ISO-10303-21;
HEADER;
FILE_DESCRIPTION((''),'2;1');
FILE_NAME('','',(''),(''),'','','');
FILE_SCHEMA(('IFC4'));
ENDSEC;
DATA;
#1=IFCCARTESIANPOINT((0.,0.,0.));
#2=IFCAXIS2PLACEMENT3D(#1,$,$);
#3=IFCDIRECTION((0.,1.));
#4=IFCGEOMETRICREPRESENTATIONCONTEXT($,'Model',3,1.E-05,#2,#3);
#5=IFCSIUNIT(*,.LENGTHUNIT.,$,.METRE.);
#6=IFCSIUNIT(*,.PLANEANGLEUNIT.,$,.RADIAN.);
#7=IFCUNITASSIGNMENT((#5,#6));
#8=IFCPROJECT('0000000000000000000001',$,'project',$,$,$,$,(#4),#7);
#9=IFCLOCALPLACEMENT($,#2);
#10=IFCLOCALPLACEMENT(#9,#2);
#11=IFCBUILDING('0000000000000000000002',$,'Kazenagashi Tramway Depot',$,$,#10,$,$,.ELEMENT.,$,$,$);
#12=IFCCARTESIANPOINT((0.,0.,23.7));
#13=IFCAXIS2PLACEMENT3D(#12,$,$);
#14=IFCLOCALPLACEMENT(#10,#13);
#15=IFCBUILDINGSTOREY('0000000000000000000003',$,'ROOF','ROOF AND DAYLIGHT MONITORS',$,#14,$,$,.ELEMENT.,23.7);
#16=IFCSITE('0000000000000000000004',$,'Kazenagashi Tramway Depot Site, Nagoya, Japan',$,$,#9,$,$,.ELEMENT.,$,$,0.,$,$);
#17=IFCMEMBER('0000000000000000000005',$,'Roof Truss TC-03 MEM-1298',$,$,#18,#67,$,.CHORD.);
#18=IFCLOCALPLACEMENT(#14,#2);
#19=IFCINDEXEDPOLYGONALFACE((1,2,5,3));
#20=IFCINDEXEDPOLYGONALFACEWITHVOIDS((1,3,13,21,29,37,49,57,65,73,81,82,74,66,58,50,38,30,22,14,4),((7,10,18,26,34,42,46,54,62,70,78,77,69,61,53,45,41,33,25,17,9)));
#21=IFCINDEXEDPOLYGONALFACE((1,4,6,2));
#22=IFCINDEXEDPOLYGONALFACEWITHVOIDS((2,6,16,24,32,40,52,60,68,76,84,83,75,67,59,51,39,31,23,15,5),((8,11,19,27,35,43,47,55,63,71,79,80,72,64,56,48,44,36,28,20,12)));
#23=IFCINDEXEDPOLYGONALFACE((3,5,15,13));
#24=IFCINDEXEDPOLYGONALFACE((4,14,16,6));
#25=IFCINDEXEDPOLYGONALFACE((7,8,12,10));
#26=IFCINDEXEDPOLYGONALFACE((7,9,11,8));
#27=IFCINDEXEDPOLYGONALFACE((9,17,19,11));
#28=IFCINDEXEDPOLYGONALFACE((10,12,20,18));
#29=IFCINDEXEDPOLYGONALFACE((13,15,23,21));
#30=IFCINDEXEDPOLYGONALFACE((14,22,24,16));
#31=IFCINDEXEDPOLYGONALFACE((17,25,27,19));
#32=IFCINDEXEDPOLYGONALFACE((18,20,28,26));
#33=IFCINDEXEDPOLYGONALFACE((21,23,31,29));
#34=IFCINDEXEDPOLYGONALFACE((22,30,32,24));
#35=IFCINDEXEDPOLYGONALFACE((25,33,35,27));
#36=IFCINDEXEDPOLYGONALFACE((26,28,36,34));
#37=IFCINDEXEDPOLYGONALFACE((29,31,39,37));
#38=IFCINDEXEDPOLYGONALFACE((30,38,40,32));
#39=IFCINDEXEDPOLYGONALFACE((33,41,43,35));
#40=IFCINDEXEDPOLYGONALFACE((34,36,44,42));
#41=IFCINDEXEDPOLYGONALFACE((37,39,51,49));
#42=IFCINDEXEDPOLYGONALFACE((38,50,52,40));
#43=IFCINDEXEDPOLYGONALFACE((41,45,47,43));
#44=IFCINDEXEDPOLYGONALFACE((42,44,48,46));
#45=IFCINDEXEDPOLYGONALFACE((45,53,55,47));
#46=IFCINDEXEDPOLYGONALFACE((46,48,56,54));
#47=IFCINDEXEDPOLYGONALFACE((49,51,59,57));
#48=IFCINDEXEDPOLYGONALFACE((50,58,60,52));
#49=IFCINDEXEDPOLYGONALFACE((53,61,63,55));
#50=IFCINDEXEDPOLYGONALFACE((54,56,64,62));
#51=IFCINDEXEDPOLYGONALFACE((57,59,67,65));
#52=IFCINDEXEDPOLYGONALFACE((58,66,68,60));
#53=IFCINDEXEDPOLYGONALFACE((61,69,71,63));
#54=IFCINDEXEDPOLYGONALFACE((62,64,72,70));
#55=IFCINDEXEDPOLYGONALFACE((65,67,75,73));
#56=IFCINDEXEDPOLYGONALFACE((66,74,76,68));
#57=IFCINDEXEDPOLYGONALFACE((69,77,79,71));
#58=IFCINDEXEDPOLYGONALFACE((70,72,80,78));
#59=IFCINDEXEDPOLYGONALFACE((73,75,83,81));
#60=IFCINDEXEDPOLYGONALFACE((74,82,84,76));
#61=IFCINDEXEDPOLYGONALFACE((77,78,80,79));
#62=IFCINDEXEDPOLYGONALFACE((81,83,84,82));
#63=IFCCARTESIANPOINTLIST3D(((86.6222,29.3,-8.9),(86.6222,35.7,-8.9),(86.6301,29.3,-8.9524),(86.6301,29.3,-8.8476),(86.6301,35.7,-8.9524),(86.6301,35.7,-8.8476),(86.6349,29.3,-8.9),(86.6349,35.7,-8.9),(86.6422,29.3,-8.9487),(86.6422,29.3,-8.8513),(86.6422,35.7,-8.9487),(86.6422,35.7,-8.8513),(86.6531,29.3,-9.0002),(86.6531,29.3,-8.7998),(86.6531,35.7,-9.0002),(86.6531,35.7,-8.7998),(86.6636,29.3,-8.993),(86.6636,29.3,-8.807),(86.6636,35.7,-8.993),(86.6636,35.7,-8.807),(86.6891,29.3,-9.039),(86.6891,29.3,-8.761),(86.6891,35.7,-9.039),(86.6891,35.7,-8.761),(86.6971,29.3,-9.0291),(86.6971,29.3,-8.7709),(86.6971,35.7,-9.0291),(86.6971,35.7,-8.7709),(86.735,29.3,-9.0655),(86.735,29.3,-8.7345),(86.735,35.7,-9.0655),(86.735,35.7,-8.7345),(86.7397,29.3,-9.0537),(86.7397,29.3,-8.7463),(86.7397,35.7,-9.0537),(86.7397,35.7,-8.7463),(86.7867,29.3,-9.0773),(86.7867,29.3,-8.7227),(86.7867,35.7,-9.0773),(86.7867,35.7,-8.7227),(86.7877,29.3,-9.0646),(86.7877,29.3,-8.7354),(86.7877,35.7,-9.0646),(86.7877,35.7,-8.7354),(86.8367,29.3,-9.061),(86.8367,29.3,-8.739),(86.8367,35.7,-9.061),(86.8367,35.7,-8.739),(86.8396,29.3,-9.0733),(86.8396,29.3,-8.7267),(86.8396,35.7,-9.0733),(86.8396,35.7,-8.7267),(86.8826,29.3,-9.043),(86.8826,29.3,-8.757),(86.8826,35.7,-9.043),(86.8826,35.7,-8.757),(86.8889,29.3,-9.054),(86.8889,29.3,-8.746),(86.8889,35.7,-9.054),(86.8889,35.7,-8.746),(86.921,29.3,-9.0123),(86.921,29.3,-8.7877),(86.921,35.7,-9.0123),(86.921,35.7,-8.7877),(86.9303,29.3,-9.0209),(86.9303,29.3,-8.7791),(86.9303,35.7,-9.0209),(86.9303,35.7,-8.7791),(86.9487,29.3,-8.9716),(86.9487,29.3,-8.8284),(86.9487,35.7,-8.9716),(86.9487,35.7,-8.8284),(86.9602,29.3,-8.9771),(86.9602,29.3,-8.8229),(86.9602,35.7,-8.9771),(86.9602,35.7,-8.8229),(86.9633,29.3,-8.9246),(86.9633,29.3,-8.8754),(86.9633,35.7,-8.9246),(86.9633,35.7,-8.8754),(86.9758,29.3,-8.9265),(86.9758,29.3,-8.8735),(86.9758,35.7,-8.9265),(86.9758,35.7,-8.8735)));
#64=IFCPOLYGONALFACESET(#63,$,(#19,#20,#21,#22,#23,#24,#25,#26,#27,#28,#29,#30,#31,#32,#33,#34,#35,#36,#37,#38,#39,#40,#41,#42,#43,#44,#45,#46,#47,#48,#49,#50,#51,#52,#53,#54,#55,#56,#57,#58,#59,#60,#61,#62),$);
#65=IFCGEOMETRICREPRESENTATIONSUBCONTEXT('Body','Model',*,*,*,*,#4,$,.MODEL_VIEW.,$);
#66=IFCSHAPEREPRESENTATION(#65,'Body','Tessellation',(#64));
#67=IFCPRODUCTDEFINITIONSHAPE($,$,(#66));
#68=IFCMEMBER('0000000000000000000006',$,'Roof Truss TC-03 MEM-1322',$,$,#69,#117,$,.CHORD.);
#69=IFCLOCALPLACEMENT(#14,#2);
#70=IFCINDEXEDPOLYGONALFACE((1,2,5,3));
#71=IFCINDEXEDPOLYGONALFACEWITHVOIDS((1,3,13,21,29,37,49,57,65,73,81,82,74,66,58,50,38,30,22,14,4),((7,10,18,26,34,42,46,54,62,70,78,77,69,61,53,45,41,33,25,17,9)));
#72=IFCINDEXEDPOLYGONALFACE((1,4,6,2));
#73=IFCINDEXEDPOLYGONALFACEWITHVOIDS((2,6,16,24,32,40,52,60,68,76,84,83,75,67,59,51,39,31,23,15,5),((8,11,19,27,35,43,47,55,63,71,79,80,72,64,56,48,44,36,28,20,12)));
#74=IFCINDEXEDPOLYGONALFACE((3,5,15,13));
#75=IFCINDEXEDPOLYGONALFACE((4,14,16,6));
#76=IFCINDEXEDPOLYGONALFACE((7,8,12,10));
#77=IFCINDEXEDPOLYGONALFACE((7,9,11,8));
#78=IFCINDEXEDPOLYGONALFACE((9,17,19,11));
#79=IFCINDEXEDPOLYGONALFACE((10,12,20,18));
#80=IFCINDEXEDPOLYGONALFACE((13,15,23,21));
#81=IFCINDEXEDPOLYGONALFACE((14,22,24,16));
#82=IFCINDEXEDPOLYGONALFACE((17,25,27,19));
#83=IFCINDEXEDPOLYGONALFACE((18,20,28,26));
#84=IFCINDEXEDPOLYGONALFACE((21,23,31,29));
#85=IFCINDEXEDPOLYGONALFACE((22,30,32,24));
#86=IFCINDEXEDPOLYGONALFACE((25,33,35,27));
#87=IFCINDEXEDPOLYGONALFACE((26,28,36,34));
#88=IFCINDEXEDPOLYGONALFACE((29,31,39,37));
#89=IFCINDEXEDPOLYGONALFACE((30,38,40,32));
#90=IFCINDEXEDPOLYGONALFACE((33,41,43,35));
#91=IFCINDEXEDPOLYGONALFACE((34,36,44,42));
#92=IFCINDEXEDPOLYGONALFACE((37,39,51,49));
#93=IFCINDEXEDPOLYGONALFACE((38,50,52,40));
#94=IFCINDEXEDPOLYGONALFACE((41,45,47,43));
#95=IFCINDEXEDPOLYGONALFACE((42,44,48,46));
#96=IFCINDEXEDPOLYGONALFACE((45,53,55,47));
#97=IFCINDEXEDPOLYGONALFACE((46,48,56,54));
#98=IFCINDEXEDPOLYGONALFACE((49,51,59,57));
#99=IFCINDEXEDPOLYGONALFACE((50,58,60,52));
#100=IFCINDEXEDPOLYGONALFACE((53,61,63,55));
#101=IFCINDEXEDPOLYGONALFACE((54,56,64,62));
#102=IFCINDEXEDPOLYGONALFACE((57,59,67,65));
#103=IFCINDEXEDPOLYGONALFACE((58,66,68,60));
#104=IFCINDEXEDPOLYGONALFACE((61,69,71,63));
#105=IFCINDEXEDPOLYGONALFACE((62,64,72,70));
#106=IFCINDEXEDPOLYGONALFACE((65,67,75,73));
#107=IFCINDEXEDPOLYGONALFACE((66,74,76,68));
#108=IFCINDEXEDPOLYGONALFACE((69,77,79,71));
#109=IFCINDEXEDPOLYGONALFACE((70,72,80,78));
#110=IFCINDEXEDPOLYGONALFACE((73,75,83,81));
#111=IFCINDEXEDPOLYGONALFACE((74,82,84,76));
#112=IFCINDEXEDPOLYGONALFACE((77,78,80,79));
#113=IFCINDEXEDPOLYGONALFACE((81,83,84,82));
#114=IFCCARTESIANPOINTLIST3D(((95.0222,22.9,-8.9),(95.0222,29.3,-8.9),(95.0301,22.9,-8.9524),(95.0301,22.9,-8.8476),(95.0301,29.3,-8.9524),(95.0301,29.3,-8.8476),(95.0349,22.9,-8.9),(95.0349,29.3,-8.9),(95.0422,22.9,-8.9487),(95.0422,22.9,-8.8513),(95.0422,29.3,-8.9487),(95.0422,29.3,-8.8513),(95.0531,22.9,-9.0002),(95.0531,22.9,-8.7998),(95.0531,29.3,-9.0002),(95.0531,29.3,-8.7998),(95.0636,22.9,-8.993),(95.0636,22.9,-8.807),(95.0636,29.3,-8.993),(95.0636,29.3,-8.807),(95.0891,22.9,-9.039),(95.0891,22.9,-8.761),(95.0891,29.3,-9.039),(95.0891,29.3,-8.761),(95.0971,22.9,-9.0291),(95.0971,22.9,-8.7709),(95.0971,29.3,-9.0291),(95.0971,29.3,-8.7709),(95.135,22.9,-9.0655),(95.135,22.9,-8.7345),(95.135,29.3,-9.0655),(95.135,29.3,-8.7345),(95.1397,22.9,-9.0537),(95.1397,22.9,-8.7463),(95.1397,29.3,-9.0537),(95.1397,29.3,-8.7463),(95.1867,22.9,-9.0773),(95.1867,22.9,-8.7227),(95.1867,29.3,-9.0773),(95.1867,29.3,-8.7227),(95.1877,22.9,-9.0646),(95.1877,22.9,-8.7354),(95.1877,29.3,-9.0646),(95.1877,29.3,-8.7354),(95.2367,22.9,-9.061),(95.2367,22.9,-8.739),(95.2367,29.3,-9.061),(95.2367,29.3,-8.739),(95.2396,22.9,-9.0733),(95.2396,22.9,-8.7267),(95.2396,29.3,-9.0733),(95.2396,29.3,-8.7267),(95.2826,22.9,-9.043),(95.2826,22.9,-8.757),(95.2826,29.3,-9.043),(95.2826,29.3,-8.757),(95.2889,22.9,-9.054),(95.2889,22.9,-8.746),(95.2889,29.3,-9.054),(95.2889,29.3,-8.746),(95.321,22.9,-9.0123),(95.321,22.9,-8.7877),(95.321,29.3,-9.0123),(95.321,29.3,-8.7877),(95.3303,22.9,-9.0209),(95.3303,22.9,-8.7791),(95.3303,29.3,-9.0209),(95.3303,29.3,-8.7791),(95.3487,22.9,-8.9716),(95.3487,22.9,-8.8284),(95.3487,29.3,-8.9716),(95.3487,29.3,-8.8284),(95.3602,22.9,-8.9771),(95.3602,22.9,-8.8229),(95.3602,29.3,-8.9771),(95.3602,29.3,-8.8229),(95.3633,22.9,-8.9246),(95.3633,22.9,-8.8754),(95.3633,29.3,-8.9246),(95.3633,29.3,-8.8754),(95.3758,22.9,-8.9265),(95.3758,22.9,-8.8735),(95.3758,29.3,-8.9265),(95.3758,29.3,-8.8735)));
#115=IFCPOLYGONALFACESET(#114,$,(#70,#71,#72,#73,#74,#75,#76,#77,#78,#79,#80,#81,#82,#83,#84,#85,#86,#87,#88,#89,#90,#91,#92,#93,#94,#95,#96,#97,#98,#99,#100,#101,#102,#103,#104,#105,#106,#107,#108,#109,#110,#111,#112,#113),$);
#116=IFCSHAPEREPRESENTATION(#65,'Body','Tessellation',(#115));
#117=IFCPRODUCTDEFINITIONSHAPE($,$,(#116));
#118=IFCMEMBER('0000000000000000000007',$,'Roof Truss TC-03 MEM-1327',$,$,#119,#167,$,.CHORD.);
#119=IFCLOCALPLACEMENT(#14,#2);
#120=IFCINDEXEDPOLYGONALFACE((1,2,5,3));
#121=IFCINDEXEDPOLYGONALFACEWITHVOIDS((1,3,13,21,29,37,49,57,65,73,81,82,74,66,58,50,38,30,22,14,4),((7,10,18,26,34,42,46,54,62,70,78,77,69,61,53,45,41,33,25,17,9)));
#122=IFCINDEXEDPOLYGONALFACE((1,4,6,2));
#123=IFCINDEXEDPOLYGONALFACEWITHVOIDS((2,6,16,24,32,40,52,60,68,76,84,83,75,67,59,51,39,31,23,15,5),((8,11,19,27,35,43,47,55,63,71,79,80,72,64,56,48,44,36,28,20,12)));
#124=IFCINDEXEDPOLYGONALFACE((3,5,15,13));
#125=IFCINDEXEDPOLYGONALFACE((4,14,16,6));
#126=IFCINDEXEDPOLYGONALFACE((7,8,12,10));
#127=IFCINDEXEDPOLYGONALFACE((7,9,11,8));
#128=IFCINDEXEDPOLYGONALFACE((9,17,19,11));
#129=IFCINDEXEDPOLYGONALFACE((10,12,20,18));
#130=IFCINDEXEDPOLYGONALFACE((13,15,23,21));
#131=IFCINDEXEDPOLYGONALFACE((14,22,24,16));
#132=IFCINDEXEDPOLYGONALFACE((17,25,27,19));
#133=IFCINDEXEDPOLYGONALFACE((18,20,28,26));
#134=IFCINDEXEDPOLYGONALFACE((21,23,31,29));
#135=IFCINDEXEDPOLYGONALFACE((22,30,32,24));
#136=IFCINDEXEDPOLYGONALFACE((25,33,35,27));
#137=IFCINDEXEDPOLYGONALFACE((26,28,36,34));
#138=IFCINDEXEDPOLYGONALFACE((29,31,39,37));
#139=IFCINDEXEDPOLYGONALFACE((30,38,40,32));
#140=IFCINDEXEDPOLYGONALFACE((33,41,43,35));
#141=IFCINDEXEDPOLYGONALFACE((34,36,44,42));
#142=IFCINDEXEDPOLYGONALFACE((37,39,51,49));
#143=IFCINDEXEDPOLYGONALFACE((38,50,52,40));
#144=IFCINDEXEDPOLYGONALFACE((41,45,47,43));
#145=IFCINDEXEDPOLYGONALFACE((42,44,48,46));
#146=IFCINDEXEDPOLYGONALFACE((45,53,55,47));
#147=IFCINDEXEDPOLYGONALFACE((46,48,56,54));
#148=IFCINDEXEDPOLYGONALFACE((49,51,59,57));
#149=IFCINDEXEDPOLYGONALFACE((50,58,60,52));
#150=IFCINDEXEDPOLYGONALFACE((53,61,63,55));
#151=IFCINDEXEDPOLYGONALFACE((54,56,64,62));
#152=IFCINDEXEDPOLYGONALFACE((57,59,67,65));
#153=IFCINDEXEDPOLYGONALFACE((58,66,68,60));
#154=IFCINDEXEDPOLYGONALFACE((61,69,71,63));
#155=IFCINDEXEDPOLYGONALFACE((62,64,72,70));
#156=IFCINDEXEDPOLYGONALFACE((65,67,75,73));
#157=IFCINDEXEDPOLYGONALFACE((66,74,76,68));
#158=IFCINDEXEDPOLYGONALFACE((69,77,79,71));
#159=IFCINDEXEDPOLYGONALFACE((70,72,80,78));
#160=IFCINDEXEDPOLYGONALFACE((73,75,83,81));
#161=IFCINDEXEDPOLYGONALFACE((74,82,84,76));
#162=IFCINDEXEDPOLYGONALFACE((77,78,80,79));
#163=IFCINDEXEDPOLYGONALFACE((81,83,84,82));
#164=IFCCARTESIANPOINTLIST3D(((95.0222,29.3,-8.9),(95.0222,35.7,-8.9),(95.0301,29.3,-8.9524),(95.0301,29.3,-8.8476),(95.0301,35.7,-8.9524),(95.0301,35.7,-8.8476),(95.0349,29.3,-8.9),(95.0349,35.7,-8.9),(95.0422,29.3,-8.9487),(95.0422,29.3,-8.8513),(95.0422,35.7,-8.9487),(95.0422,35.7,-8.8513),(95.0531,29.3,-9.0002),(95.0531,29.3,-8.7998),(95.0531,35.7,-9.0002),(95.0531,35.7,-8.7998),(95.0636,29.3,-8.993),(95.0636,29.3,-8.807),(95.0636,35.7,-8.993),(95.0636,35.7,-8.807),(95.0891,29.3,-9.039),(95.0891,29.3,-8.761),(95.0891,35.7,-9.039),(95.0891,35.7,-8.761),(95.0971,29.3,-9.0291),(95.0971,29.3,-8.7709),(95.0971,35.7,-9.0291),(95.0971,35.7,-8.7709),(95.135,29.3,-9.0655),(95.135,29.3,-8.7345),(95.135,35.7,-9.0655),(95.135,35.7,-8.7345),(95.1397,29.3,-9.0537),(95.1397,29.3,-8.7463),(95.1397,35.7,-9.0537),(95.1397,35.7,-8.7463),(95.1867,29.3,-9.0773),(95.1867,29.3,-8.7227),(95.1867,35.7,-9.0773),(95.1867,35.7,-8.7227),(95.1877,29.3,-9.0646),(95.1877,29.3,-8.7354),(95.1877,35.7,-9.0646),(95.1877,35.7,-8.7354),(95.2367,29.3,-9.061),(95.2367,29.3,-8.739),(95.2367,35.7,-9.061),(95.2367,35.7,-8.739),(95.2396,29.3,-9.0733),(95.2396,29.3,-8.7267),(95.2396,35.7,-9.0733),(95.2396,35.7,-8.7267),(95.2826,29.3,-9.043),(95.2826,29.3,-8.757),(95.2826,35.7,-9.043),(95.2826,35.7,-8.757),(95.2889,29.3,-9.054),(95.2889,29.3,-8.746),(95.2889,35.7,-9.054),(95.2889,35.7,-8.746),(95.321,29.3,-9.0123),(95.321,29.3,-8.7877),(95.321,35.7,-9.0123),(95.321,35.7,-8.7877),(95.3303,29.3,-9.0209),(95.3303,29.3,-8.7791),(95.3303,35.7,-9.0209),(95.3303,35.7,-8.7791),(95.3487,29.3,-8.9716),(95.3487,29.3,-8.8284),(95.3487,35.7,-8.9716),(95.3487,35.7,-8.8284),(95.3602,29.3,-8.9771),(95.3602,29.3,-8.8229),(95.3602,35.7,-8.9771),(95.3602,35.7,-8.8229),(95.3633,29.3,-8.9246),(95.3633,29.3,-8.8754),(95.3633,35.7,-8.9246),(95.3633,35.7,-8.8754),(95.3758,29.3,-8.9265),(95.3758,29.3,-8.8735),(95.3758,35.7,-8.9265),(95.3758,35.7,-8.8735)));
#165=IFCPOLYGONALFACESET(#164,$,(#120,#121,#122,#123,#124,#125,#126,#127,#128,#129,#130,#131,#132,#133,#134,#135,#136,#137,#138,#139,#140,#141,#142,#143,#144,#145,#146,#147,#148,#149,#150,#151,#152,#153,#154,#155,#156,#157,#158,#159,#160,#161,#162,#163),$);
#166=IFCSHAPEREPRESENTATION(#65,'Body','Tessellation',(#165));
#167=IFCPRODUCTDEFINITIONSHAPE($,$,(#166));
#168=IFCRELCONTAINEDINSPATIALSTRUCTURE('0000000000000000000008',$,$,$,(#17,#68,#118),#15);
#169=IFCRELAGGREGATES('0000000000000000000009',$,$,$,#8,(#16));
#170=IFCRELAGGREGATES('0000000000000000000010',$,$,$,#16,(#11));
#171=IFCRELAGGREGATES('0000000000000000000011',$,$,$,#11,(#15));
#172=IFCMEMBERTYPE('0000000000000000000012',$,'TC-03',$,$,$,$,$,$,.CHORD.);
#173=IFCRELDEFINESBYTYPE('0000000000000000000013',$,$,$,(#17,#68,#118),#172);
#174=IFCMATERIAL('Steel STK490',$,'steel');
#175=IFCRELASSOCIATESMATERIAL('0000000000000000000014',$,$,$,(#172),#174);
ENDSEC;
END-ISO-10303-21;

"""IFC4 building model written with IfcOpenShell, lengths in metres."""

from ifc_helpers import new_model, si_unit, direction, frame, origin, origin_2d, place, context, subcontext, project, spatial, hollow_circle, extrude, material, material_profile, profile_set, type_object, element, save


model = new_model("IFC4")

# Units and contexts
model_context = context("Model", 3, precision=1e-05, world=origin(), true_north=direction((0.0, 1.0)))
body_context = subcontext(model_context, "Body", "Model", "MODEL_VIEW")
ifc_project = project(units=[si_unit("LENGTHUNIT", "METRE"), si_unit("PLANEANGLEUNIT", "RADIAN")], contexts=[model_context])

# Site, building, storey
site_placement = place(None, origin())
site = spatial("IfcSite", under=ifc_project, at=site_placement, Name="Kazenagashi Tramway Depot Site, Nagoya, Japan", CompositionType="ELEMENT", RefElevation=0.0)
building_placement = place(site_placement, origin())
building = spatial("IfcBuilding", under=site, at=building_placement, Name="Kazenagashi Tramway Depot", CompositionType="ELEMENT")
storey_placement = place(building_placement, frame((0.0, 0.0, 23.7)))
storey = spatial("IfcBuildingStorey", under=building, at=storey_placement, Name="ROOF", Description="ROOF AND DAYLIGHT MONITORS", CompositionType="ELEMENT", Elevation=23.7)

# Members
ifc_material_1 = material(Name="Steel STK490", Category="steel")
ifc_material_profile_1 = material_profile(ifc_material_1, hollow_circle(Radius=0.1778, WallThickness=0.0127, at=origin_2d()), Name="CHS-355.6x12.7")
ifc_profile_set_1 = profile_set([ifc_material_profile_1], Name="Steel STK490")
member_type_1 = type_object("IfcMemberType", Name="TC-03", PredefinedType="CHORD", material=ifc_profile_set_1)
for number, where, z_axis, x_axis, name in (
    (1, (86.8, 29.3, -8.9), (0.0, 1.0, 0.0), (-1.0, 0.0, 0.0), "Roof Truss TC-03 MEM-1298"),
    (2, (95.2, 22.9, -8.9), (0.0, 1.0, 0.0), (-1.0, 0.0, 0.0), "Roof Truss TC-03 MEM-1322"),
    (3, (95.2, 29.3, -8.9), (0.0, 1.0, 0.0), (-1.0, 0.0, 0.0), "Roof Truss TC-03 MEM-1327"),
):
    element("IfcMember", number, at=place(storey_placement, frame(where, z_axis=z_axis, x_axis=x_axis)), inside=storey, type_object=member_type_1, Name=name, PredefinedType="CHORD", context=body_context, shape_type="SweptSolid", body=[
        extrude(hollow_circle(Radius=0.1778, WallThickness=0.0127, at=origin_2d()), origin(), (0.0, 0.0, 1.0), 6.4),
    ])

save(model, "model.ifc")
